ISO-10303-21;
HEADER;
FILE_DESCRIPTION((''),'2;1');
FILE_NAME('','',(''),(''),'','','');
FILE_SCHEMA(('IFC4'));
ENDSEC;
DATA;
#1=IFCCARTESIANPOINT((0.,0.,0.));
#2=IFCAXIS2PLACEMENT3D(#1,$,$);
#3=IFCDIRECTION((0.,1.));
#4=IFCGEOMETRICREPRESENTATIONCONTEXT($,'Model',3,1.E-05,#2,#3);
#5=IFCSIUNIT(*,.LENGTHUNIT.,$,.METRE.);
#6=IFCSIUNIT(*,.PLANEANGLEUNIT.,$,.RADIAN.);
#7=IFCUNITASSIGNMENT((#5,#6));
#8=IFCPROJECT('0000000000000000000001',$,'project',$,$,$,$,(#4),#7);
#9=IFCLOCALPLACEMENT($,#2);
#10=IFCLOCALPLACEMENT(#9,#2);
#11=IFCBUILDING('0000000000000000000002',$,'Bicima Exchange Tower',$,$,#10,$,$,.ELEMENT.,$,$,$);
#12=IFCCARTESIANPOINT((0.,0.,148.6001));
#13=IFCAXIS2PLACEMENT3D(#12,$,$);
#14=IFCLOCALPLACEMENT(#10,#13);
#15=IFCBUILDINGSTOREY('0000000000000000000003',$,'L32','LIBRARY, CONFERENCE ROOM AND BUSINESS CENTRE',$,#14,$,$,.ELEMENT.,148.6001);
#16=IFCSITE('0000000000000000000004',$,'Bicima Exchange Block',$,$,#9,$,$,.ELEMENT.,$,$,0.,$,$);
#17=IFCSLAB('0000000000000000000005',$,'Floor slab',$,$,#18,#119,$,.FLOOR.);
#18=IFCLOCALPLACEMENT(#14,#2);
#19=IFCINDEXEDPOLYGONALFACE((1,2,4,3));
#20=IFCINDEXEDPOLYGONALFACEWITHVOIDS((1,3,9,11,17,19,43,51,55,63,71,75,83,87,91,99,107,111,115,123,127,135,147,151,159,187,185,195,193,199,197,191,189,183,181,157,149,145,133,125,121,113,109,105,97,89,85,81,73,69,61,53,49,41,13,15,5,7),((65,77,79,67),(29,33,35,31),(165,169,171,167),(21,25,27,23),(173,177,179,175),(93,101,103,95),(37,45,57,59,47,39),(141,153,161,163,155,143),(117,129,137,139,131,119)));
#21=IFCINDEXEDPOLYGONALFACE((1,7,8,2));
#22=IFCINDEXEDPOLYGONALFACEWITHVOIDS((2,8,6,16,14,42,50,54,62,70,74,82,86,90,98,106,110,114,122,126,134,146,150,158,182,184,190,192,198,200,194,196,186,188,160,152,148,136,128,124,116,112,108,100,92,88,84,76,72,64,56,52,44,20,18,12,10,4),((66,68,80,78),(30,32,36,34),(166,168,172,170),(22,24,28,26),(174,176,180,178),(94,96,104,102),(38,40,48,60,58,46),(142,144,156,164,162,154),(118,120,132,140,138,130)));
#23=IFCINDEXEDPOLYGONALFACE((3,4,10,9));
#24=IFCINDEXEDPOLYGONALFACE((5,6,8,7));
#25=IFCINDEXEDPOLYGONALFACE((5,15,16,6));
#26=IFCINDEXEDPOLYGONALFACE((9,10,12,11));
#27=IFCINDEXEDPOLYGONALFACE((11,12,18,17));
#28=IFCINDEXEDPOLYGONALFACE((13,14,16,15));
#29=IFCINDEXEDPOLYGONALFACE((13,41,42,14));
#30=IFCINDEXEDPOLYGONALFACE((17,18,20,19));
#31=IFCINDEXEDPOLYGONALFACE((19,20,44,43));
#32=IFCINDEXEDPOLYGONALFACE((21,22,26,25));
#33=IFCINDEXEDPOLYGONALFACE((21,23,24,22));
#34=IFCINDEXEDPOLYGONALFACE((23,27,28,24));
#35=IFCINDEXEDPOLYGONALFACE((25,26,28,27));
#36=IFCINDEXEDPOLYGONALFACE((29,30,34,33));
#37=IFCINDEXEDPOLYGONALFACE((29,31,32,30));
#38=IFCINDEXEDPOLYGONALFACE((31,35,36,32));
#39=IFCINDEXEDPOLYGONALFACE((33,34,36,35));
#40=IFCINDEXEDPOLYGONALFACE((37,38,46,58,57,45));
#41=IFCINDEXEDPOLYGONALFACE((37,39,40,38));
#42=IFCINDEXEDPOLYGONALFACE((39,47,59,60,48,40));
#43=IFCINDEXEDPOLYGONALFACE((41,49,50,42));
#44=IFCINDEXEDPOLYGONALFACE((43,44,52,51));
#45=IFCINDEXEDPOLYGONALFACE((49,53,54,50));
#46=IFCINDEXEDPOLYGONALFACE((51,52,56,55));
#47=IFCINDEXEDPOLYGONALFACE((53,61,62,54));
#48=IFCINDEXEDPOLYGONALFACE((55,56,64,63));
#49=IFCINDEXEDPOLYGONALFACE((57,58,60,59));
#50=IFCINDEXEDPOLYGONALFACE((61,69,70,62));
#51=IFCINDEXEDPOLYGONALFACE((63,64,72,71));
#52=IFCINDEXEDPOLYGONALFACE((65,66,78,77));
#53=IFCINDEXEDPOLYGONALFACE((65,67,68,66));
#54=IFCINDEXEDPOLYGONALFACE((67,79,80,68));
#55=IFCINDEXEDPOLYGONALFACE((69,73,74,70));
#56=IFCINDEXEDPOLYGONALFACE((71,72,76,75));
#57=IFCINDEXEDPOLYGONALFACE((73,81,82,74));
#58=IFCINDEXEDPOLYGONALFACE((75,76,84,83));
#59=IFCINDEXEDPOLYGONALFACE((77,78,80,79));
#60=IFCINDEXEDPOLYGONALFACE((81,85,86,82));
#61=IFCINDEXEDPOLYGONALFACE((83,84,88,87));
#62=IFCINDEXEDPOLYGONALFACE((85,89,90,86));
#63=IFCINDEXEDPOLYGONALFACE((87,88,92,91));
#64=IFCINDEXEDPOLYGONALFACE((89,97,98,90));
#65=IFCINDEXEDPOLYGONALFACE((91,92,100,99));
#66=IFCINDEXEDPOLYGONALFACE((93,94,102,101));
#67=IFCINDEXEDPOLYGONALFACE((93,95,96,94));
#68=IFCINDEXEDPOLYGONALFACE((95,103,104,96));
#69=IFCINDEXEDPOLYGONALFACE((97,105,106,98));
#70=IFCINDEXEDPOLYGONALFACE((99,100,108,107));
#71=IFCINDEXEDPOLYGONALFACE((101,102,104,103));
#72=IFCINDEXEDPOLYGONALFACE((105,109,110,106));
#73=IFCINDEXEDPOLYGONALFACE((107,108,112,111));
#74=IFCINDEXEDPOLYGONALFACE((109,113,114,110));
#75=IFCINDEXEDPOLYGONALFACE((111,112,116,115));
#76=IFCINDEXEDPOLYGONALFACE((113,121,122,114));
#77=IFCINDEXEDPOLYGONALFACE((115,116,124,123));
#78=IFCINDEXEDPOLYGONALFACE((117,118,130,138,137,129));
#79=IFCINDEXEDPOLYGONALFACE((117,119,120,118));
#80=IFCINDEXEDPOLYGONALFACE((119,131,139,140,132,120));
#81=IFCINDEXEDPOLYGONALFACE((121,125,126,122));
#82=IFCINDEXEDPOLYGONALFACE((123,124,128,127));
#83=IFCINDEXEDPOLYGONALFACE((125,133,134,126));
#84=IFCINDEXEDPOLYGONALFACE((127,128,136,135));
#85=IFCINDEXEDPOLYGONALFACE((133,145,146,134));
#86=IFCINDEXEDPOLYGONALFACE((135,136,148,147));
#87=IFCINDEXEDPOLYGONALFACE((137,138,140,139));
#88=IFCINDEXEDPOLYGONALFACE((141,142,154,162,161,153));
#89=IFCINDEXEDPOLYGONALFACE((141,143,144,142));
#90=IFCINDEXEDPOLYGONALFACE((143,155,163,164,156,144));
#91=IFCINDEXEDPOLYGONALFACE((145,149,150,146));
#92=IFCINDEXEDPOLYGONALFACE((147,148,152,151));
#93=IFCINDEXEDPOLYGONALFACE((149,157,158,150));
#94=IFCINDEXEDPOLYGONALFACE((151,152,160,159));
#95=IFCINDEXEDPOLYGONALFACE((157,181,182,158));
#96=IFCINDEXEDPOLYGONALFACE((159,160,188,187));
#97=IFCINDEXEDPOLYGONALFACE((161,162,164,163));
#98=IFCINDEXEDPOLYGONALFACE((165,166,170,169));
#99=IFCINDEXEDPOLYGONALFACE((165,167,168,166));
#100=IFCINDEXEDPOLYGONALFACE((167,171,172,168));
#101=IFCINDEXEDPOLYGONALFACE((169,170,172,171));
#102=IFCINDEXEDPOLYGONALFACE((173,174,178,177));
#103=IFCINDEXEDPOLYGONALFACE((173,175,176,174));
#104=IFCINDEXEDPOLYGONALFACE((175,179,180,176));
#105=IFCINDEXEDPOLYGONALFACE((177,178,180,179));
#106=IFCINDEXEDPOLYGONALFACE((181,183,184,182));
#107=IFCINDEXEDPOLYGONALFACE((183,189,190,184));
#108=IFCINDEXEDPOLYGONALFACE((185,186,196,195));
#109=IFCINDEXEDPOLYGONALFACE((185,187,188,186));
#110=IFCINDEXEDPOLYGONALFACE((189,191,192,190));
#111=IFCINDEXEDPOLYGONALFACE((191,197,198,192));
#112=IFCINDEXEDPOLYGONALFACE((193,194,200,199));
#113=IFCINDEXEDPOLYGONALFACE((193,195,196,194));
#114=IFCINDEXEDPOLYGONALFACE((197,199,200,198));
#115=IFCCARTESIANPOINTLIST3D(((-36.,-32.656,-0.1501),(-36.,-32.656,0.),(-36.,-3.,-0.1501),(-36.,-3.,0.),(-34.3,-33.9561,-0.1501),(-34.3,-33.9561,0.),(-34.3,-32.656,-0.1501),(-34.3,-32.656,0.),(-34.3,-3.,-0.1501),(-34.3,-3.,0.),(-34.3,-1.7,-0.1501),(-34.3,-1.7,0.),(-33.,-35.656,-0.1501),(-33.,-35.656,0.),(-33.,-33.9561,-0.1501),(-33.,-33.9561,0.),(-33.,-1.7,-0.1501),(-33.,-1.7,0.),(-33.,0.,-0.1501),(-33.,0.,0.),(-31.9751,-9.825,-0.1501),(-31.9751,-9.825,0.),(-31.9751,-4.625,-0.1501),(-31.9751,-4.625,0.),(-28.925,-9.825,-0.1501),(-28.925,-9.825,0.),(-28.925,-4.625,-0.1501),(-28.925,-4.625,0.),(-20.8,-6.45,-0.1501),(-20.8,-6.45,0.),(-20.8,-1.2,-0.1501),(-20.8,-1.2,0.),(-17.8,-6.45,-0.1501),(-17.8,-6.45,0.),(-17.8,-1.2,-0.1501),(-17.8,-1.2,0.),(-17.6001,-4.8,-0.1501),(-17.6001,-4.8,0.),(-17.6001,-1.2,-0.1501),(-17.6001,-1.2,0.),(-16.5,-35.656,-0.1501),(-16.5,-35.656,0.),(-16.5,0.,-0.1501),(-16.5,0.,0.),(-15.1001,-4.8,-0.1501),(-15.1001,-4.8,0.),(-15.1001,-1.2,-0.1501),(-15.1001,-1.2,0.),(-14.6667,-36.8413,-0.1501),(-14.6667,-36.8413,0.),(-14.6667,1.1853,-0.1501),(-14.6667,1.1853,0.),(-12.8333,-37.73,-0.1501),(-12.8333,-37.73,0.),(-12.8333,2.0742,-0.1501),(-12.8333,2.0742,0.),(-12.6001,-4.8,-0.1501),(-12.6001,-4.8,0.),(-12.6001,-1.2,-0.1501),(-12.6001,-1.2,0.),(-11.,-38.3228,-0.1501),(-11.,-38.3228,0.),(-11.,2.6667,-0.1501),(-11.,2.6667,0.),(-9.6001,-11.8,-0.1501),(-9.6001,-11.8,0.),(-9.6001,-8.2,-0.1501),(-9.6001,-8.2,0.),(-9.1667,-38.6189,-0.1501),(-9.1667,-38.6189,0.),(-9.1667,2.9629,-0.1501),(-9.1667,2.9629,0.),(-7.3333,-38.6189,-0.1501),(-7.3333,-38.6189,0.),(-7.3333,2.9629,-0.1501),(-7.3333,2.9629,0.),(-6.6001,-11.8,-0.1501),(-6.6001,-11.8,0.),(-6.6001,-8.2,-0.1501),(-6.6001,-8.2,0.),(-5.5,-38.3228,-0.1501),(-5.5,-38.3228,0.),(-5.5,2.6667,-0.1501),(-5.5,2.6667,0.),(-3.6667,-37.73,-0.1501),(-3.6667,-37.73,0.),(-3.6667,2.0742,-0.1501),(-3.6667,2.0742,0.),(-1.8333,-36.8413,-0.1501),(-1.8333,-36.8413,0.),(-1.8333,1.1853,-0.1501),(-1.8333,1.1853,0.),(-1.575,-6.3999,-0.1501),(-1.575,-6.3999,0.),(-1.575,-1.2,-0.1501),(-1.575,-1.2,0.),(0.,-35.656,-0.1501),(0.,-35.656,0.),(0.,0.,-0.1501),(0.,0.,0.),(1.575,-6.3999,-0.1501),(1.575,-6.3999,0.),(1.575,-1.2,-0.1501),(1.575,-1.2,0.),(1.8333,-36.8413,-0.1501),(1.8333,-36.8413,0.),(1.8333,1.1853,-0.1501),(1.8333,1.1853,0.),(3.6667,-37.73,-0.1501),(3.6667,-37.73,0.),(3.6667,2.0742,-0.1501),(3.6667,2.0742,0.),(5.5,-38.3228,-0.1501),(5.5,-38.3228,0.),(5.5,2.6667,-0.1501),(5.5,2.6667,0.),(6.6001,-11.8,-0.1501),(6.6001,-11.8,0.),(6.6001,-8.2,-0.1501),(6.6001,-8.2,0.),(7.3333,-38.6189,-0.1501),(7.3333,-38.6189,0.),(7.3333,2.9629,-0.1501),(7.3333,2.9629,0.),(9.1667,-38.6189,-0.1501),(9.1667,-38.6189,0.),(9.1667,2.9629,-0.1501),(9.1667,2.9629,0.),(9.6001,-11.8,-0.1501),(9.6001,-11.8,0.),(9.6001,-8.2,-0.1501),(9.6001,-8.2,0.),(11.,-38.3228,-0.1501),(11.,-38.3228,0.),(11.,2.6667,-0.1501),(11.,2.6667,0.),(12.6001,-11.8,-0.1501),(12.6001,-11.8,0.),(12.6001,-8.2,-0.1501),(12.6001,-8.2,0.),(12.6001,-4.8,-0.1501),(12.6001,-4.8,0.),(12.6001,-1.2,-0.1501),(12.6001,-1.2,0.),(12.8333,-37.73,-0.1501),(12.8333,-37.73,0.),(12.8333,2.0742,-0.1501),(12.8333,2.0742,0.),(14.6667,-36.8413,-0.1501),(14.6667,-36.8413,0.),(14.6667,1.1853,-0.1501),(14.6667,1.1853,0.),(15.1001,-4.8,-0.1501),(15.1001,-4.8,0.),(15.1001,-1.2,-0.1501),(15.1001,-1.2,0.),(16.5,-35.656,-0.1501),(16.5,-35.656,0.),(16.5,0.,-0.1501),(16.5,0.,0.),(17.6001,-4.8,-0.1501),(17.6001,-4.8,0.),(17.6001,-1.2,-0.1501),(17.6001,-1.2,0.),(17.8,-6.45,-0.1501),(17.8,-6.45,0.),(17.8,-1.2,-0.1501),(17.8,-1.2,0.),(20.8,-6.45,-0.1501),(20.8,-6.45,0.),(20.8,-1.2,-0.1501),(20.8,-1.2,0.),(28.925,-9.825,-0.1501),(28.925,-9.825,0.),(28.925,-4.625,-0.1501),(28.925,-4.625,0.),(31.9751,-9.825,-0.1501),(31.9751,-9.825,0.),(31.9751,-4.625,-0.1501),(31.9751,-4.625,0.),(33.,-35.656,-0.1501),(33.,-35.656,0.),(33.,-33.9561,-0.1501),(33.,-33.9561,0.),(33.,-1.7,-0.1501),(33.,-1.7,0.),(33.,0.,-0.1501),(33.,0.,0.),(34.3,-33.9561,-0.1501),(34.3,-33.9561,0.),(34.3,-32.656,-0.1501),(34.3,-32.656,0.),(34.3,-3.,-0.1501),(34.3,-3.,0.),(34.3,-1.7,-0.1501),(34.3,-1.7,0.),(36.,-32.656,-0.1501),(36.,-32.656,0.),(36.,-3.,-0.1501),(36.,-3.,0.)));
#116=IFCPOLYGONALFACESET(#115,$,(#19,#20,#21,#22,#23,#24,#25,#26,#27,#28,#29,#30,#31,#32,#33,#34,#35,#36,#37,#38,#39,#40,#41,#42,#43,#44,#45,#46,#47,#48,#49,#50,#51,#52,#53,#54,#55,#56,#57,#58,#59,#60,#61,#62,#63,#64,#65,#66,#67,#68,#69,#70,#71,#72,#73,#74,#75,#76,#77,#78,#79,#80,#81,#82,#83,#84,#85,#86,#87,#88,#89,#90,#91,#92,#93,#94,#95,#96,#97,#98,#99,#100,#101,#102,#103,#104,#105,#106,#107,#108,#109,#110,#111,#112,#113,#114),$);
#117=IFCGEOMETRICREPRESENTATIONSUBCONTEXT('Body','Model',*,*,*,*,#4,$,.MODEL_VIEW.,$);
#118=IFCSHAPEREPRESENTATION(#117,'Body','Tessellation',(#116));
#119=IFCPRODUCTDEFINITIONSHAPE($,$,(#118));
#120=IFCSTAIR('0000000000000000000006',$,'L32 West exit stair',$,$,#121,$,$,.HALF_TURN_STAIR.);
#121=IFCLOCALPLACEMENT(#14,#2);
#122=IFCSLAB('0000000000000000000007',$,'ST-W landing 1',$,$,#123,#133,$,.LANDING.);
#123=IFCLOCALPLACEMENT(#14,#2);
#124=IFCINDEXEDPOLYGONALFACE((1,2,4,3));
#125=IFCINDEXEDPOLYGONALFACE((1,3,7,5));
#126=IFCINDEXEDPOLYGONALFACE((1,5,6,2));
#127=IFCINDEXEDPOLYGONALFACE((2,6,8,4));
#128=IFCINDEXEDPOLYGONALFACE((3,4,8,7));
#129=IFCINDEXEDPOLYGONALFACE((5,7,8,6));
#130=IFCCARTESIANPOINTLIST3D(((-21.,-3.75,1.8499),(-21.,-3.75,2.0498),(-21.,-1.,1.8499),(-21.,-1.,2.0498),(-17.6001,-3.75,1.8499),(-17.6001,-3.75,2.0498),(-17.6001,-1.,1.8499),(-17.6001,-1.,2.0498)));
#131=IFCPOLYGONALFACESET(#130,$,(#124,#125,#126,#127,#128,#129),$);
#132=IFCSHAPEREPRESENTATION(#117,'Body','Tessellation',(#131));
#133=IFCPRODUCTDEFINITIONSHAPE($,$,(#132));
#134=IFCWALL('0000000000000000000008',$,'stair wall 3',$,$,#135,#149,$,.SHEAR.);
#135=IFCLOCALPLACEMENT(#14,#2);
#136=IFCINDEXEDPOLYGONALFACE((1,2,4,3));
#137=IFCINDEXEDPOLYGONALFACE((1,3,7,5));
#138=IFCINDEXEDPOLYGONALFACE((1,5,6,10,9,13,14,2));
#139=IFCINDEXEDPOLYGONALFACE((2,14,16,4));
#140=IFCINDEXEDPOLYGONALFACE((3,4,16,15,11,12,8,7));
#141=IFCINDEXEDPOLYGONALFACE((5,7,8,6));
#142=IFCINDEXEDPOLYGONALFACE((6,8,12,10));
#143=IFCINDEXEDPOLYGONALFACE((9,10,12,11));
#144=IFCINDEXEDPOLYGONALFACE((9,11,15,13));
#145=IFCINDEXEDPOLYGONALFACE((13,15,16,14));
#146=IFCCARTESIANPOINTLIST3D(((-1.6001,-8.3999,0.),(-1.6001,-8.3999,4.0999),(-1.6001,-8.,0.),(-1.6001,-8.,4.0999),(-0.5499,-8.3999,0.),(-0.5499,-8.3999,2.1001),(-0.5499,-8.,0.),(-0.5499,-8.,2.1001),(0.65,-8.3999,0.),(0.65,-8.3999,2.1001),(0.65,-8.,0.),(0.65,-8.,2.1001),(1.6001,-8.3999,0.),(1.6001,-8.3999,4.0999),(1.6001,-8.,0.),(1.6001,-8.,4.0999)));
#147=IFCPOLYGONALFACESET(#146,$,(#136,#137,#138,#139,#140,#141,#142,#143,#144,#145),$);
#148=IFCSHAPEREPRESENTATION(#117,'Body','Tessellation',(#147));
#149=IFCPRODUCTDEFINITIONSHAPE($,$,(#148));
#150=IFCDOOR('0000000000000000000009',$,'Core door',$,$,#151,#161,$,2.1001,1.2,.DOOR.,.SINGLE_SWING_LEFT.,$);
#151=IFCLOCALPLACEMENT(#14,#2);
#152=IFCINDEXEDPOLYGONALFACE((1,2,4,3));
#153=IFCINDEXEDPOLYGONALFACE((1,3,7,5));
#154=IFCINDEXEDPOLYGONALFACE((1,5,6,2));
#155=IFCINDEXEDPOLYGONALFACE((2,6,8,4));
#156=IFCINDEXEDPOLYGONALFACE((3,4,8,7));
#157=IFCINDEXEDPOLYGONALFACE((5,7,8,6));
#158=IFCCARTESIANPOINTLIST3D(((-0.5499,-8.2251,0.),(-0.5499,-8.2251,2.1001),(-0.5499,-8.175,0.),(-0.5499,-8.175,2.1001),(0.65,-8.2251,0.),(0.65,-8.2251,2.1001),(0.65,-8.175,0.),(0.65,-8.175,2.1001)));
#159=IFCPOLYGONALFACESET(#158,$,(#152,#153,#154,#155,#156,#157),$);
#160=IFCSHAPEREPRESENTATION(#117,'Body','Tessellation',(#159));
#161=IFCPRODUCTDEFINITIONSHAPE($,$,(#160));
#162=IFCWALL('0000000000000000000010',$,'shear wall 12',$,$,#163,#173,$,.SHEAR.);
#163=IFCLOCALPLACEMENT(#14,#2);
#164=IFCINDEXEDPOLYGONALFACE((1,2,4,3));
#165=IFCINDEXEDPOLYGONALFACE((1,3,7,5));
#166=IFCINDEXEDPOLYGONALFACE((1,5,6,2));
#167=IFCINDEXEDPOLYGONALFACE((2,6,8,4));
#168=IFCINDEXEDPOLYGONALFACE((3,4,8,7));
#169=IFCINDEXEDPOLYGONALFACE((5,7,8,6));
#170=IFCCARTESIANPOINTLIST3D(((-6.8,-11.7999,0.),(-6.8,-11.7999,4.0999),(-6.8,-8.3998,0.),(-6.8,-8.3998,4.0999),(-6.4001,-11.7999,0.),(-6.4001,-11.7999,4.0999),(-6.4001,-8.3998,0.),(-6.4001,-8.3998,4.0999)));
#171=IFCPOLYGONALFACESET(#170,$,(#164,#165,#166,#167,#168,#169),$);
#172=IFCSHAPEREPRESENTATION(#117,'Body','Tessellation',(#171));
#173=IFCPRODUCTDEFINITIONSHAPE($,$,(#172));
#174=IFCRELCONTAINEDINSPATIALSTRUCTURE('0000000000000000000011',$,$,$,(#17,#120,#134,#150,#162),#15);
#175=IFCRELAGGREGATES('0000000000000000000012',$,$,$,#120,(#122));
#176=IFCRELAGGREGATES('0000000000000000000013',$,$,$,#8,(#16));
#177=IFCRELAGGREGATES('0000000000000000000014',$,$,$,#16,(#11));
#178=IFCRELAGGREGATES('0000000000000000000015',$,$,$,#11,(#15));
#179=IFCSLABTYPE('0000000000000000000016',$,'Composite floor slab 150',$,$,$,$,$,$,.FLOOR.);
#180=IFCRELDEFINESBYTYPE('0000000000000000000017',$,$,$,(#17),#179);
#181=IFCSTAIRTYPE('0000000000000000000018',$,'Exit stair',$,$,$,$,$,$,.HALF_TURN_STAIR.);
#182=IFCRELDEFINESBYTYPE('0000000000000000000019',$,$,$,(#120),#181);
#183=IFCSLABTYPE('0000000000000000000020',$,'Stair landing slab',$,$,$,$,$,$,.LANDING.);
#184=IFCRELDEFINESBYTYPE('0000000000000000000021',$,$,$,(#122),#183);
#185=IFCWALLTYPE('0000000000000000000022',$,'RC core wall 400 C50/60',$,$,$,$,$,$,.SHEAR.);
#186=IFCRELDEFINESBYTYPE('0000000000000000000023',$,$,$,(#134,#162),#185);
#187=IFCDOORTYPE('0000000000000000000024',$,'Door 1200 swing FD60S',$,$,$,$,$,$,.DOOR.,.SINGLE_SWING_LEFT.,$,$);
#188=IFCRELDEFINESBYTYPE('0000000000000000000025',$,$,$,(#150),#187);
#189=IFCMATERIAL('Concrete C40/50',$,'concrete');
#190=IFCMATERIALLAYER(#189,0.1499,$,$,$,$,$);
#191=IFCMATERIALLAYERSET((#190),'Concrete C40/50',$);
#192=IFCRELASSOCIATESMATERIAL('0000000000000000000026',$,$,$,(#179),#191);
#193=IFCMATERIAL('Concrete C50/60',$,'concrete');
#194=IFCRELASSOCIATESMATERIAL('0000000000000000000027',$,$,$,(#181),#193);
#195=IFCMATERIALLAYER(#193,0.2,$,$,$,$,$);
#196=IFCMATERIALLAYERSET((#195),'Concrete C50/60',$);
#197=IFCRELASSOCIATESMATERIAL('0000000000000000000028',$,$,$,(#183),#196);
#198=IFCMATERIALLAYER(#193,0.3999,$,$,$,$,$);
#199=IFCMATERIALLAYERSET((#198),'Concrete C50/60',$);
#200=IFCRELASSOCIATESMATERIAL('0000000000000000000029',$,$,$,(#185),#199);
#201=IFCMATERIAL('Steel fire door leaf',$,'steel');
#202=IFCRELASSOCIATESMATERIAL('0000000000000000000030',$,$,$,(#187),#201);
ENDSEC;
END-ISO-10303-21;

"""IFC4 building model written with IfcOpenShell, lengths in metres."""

from ifc_helpers import new_model, si_unit, direction, frame, frame_2d, origin, place, context, subcontext, project, spatial, polyline, rectangle, outline, extrude, material, layer, layer_set, type_object, element, fill, aggregate, save


model = new_model("IFC4")

# Units and contexts
model_context = context("Model", 3, precision=1e-05, world=origin(), true_north=direction((0.0, 1.0)))
body_context = subcontext(model_context, "Body", "Model", "MODEL_VIEW")
ifc_project = project(units=[si_unit("LENGTHUNIT", "METRE"), si_unit("PLANEANGLEUNIT", "RADIAN")], contexts=[model_context])

# Site, building, storey
site_placement = place(None, origin())
site = spatial("IfcSite", under=ifc_project, at=site_placement, Name="Bicima Exchange Block", CompositionType="ELEMENT", RefElevation=0.0)
building_placement = place(site_placement, origin())
building = spatial("IfcBuilding", under=site, at=building_placement, Name="Bicima Exchange Tower", CompositionType="ELEMENT")
storey_placement = place(building_placement, frame((0.0, 0.0, 148.6001)))
storey = spatial("IfcBuildingStorey", under=building, at=storey_placement, Name="L32", Description="LIBRARY, CONFERENCE ROOM AND BUSINESS CENTRE", CompositionType="ELEMENT", Elevation=148.6001)

# Slab
ifc_material_1 = material(Name="Concrete C40/50", Category="concrete")
ifc_layer_1 = layer(ifc_material_1, 0.1499)
ifc_layer_set_1 = layer_set([ifc_layer_1], Name="Concrete C40/50")
slab_type_1 = type_object("IfcSlabType", Name="Composite floor slab 150", PredefinedType="FLOOR", material=ifc_layer_set_1)
slab_1_placement = place(storey_placement, frame((0.0, 0.0, -0.1501)))
element("IfcSlab", 1, at=slab_1_placement, inside=storey, type_object=slab_type_1, Name="Floor slab", PredefinedType="FLOOR", context=body_context, shape_type="SweptSolid", body=[
    extrude(outline(polyline([(-36.0, -32.656), (-36.0, -3.0), (-34.3, -3.0), (-34.3, -1.7), (-33.0, -1.7), (-33.0, 0.0), (-16.5, 0.0), (-14.6667, 1.1853), (-12.8333, 2.0742), (-11.0, 2.6667), (-9.1667, 2.9629), (-7.3333, 2.9629), (-5.5, 2.6667), (-3.6667, 2.0742), (-1.8333, 1.1853), (0.0, 0.0), (1.8333, 1.1853), (3.6667, 2.0742), (5.5, 2.6667), (7.3333, 2.9629), (9.1667, 2.9629), (11.0, 2.6667), (12.8333, 2.0742), (14.6667, 1.1853), (16.5, 0.0), (33.0, 0.0), (33.0, -1.7), (34.3, -1.7), (34.3, -3.0), (36.0, -3.0), (36.0, -32.656), (34.3, -32.656), (34.3, -33.9561), (33.0, -33.9561), (33.0, -35.656), (16.5, -35.656), (14.6667, -36.8413), (12.8333, -37.73), (11.0, -38.3228), (9.1667, -38.6189), (7.3333, -38.6189), (5.5, -38.3228), (3.6667, -37.73), (1.8333, -36.8413), (0.0, -35.656), (-1.8333, -36.8413), (-3.6667, -37.73), (-5.5, -38.3228), (-7.3333, -38.6189), (-9.1667, -38.6189), (-11.0, -38.3228), (-12.8333, -37.73), (-14.6667, -36.8413), (-16.5, -35.656), (-33.0, -35.656), (-33.0, -33.9561), (-34.3, -33.9561), (-34.3, -32.656), (-36.0, -32.656)]), holes=[polyline([(-6.6001, -11.8), (-6.6001, -8.2), (-9.6001, -8.2), (-9.6001, -11.8), (-6.6001, -11.8)]), polyline([(-31.9751, -9.825), (-28.925, -9.825), (-28.925, -4.625), (-31.9751, -4.625), (-31.9751, -9.825)]), polyline([(-20.8, -6.45), (-17.8, -6.45), (-17.8, -1.2), (-20.8, -1.2), (-20.8, -6.45)]), polyline([(1.575, -6.3999), (1.575, -1.2), (-1.575, -1.2), (-1.575, -6.3999), (1.575, -6.3999)]), polyline([(-12.6001, -4.8), (-12.6001, -1.2), (-15.1001, -1.2), (-17.6001, -1.2), (-17.6001, -4.8), (-15.1001, -4.8), (-12.6001, -4.8)]), polyline([(12.6001, -8.2), (9.6001, -8.2), (6.6001, -8.2), (6.6001, -11.8), (9.6001, -11.8), (12.6001, -11.8), (12.6001, -8.2)]), polyline([(28.925, -9.825), (31.9751, -9.825), (31.9751, -4.625), (28.925, -4.625), (28.925, -9.825)]), polyline([(20.8, -6.45), (20.8, -1.2), (17.8, -1.2), (17.8, -6.45), (20.8, -6.45)]), polyline([(17.6001, -4.8), (17.6001, -1.2), (15.1001, -1.2), (12.6001, -1.2), (12.6001, -4.8), (15.1001, -4.8), (17.6001, -4.8)])]), origin(), (0.0, 0.0, 1.0), 0.1501),
])

# Stair, slab
ifc_material_2 = material(Name="Concrete C50/60", Category="concrete")
stair_type_1 = type_object("IfcStairType", Name="Exit stair", PredefinedType="HALF_TURN_STAIR", material=ifc_material_2)
stair_1_placement = place(storey_placement, origin())
stair_1 = element("IfcStair", 2, at=stair_1_placement, inside=storey, type_object=stair_type_1, Name="L32 West exit stair", PredefinedType="HALF_TURN_STAIR")
ifc_layer_2 = layer(ifc_material_2, 0.2)
ifc_layer_set_2 = layer_set([ifc_layer_2], Name="Concrete C50/60")
slab_type_2 = type_object("IfcSlabType", Name="Stair landing slab", PredefinedType="LANDING", material=ifc_layer_set_2)
slab_2_placement = place(storey_placement, frame((0.0, 0.0, 1.8499)))
slab_2 = element("IfcSlab", 3, at=slab_2_placement, type_object=slab_type_2, Name="ST-W landing 1", PredefinedType="LANDING", context=body_context, shape_type="SweptSolid", body=[
    extrude(outline(polyline([(-17.6001, -3.75), (-17.6001, -1.0), (-21.0, -1.0), (-21.0, -3.75), (-17.6001, -3.75)])), origin(), (0.0, 0.0, 1.0), 0.2),
])
aggregate(stair_1, [slab_2])

# Wall, opening, door
ifc_layer_3 = layer(ifc_material_2, 0.3999)
ifc_layer_set_3 = layer_set([ifc_layer_3], Name="Concrete C50/60")
wall_type_1 = type_object("IfcWallType", Name="RC core wall 400 C50/60", PredefinedType="SHEAR", material=ifc_layer_set_3)
wall_1_placement = place(storey_placement, frame((-1.6001, -8.2, 0.0), z_axis=(0.0, 0.0, 1.0), x_axis=(1.0, 0.0, 0.0)))
wall_1 = element("IfcWall", 4, at=wall_1_placement, inside=storey, type_object=wall_type_1, Name="stair wall 3", PredefinedType="SHEAR", context=body_context, shape_type="SweptSolid", body=[
    extrude(rectangle(XDim=3.2002, YDim=0.3999, at=frame_2d((1.6001, 0.0))), origin(), (0.0, 0.0, 1.0), 4.0999),
])
opening_1_placement = place(wall_1_placement, frame((1.05, 0.0, 0.0)))
opening_1 = element("IfcOpeningElement", 5, at=opening_1_placement, cuts=wall_1, PredefinedType="OPENING", context=body_context, shape_type="SweptSolid", body=[
    extrude(rectangle(XDim=1.2, YDim=2.1001, at=frame_2d((0.6001, 1.05))), frame((0.0, 0.2119, 0.0), z_axis=(0.0, -1.0, 0.0), x_axis=(1.0, 0.0, 0.0)), (0.0, 0.0, 1.0), 0.4238),
])
ifc_material_3 = material(Name="Steel fire door leaf", Category="steel")
door_type_1 = type_object("IfcDoorType", Name="Door 1200 swing FD60S", OperationType="SINGLE_SWING_LEFT", PredefinedType="DOOR", material=ifc_material_3)
door_1_placement = place(opening_1_placement, origin())
door_1 = element("IfcDoor", 6, at=door_1_placement, inside=storey, type_object=door_type_1, Name="Core door", OperationType="SINGLE_SWING_LEFT", OverallHeight=2.1001, OverallWidth=1.2, PredefinedType="DOOR", context=body_context, shape_type="SweptSolid", body=[
    extrude(rectangle(XDim=1.2, YDim=2.1001, at=frame_2d((0.6001, 1.05))), frame((0.0, 0.0249, 0.0), z_axis=(0.0, -1.0, 0.0), x_axis=(1.0, 0.0, 0.0)), (0.0, 0.0, 1.0), 0.05),
])
fill(opening_1, door_1)

# Wall
wall_2_placement = place(storey_placement, frame((-6.6001, -11.8, 0.0), z_axis=(0.0, 0.0, 1.0), x_axis=(0.0, 1.0, 0.0)))
element("IfcWall", 7, at=wall_2_placement, inside=storey, type_object=wall_type_1, Name="shear wall 12", PredefinedType="SHEAR", context=body_context, shape_type="SweptSolid", body=[
    extrude(rectangle(XDim=3.4001, YDim=0.3999, at=frame_2d((1.7002, 0.0))), origin(), (0.0, 0.0, 1.0), 4.0999),
])

save(model, "model.ifc")
